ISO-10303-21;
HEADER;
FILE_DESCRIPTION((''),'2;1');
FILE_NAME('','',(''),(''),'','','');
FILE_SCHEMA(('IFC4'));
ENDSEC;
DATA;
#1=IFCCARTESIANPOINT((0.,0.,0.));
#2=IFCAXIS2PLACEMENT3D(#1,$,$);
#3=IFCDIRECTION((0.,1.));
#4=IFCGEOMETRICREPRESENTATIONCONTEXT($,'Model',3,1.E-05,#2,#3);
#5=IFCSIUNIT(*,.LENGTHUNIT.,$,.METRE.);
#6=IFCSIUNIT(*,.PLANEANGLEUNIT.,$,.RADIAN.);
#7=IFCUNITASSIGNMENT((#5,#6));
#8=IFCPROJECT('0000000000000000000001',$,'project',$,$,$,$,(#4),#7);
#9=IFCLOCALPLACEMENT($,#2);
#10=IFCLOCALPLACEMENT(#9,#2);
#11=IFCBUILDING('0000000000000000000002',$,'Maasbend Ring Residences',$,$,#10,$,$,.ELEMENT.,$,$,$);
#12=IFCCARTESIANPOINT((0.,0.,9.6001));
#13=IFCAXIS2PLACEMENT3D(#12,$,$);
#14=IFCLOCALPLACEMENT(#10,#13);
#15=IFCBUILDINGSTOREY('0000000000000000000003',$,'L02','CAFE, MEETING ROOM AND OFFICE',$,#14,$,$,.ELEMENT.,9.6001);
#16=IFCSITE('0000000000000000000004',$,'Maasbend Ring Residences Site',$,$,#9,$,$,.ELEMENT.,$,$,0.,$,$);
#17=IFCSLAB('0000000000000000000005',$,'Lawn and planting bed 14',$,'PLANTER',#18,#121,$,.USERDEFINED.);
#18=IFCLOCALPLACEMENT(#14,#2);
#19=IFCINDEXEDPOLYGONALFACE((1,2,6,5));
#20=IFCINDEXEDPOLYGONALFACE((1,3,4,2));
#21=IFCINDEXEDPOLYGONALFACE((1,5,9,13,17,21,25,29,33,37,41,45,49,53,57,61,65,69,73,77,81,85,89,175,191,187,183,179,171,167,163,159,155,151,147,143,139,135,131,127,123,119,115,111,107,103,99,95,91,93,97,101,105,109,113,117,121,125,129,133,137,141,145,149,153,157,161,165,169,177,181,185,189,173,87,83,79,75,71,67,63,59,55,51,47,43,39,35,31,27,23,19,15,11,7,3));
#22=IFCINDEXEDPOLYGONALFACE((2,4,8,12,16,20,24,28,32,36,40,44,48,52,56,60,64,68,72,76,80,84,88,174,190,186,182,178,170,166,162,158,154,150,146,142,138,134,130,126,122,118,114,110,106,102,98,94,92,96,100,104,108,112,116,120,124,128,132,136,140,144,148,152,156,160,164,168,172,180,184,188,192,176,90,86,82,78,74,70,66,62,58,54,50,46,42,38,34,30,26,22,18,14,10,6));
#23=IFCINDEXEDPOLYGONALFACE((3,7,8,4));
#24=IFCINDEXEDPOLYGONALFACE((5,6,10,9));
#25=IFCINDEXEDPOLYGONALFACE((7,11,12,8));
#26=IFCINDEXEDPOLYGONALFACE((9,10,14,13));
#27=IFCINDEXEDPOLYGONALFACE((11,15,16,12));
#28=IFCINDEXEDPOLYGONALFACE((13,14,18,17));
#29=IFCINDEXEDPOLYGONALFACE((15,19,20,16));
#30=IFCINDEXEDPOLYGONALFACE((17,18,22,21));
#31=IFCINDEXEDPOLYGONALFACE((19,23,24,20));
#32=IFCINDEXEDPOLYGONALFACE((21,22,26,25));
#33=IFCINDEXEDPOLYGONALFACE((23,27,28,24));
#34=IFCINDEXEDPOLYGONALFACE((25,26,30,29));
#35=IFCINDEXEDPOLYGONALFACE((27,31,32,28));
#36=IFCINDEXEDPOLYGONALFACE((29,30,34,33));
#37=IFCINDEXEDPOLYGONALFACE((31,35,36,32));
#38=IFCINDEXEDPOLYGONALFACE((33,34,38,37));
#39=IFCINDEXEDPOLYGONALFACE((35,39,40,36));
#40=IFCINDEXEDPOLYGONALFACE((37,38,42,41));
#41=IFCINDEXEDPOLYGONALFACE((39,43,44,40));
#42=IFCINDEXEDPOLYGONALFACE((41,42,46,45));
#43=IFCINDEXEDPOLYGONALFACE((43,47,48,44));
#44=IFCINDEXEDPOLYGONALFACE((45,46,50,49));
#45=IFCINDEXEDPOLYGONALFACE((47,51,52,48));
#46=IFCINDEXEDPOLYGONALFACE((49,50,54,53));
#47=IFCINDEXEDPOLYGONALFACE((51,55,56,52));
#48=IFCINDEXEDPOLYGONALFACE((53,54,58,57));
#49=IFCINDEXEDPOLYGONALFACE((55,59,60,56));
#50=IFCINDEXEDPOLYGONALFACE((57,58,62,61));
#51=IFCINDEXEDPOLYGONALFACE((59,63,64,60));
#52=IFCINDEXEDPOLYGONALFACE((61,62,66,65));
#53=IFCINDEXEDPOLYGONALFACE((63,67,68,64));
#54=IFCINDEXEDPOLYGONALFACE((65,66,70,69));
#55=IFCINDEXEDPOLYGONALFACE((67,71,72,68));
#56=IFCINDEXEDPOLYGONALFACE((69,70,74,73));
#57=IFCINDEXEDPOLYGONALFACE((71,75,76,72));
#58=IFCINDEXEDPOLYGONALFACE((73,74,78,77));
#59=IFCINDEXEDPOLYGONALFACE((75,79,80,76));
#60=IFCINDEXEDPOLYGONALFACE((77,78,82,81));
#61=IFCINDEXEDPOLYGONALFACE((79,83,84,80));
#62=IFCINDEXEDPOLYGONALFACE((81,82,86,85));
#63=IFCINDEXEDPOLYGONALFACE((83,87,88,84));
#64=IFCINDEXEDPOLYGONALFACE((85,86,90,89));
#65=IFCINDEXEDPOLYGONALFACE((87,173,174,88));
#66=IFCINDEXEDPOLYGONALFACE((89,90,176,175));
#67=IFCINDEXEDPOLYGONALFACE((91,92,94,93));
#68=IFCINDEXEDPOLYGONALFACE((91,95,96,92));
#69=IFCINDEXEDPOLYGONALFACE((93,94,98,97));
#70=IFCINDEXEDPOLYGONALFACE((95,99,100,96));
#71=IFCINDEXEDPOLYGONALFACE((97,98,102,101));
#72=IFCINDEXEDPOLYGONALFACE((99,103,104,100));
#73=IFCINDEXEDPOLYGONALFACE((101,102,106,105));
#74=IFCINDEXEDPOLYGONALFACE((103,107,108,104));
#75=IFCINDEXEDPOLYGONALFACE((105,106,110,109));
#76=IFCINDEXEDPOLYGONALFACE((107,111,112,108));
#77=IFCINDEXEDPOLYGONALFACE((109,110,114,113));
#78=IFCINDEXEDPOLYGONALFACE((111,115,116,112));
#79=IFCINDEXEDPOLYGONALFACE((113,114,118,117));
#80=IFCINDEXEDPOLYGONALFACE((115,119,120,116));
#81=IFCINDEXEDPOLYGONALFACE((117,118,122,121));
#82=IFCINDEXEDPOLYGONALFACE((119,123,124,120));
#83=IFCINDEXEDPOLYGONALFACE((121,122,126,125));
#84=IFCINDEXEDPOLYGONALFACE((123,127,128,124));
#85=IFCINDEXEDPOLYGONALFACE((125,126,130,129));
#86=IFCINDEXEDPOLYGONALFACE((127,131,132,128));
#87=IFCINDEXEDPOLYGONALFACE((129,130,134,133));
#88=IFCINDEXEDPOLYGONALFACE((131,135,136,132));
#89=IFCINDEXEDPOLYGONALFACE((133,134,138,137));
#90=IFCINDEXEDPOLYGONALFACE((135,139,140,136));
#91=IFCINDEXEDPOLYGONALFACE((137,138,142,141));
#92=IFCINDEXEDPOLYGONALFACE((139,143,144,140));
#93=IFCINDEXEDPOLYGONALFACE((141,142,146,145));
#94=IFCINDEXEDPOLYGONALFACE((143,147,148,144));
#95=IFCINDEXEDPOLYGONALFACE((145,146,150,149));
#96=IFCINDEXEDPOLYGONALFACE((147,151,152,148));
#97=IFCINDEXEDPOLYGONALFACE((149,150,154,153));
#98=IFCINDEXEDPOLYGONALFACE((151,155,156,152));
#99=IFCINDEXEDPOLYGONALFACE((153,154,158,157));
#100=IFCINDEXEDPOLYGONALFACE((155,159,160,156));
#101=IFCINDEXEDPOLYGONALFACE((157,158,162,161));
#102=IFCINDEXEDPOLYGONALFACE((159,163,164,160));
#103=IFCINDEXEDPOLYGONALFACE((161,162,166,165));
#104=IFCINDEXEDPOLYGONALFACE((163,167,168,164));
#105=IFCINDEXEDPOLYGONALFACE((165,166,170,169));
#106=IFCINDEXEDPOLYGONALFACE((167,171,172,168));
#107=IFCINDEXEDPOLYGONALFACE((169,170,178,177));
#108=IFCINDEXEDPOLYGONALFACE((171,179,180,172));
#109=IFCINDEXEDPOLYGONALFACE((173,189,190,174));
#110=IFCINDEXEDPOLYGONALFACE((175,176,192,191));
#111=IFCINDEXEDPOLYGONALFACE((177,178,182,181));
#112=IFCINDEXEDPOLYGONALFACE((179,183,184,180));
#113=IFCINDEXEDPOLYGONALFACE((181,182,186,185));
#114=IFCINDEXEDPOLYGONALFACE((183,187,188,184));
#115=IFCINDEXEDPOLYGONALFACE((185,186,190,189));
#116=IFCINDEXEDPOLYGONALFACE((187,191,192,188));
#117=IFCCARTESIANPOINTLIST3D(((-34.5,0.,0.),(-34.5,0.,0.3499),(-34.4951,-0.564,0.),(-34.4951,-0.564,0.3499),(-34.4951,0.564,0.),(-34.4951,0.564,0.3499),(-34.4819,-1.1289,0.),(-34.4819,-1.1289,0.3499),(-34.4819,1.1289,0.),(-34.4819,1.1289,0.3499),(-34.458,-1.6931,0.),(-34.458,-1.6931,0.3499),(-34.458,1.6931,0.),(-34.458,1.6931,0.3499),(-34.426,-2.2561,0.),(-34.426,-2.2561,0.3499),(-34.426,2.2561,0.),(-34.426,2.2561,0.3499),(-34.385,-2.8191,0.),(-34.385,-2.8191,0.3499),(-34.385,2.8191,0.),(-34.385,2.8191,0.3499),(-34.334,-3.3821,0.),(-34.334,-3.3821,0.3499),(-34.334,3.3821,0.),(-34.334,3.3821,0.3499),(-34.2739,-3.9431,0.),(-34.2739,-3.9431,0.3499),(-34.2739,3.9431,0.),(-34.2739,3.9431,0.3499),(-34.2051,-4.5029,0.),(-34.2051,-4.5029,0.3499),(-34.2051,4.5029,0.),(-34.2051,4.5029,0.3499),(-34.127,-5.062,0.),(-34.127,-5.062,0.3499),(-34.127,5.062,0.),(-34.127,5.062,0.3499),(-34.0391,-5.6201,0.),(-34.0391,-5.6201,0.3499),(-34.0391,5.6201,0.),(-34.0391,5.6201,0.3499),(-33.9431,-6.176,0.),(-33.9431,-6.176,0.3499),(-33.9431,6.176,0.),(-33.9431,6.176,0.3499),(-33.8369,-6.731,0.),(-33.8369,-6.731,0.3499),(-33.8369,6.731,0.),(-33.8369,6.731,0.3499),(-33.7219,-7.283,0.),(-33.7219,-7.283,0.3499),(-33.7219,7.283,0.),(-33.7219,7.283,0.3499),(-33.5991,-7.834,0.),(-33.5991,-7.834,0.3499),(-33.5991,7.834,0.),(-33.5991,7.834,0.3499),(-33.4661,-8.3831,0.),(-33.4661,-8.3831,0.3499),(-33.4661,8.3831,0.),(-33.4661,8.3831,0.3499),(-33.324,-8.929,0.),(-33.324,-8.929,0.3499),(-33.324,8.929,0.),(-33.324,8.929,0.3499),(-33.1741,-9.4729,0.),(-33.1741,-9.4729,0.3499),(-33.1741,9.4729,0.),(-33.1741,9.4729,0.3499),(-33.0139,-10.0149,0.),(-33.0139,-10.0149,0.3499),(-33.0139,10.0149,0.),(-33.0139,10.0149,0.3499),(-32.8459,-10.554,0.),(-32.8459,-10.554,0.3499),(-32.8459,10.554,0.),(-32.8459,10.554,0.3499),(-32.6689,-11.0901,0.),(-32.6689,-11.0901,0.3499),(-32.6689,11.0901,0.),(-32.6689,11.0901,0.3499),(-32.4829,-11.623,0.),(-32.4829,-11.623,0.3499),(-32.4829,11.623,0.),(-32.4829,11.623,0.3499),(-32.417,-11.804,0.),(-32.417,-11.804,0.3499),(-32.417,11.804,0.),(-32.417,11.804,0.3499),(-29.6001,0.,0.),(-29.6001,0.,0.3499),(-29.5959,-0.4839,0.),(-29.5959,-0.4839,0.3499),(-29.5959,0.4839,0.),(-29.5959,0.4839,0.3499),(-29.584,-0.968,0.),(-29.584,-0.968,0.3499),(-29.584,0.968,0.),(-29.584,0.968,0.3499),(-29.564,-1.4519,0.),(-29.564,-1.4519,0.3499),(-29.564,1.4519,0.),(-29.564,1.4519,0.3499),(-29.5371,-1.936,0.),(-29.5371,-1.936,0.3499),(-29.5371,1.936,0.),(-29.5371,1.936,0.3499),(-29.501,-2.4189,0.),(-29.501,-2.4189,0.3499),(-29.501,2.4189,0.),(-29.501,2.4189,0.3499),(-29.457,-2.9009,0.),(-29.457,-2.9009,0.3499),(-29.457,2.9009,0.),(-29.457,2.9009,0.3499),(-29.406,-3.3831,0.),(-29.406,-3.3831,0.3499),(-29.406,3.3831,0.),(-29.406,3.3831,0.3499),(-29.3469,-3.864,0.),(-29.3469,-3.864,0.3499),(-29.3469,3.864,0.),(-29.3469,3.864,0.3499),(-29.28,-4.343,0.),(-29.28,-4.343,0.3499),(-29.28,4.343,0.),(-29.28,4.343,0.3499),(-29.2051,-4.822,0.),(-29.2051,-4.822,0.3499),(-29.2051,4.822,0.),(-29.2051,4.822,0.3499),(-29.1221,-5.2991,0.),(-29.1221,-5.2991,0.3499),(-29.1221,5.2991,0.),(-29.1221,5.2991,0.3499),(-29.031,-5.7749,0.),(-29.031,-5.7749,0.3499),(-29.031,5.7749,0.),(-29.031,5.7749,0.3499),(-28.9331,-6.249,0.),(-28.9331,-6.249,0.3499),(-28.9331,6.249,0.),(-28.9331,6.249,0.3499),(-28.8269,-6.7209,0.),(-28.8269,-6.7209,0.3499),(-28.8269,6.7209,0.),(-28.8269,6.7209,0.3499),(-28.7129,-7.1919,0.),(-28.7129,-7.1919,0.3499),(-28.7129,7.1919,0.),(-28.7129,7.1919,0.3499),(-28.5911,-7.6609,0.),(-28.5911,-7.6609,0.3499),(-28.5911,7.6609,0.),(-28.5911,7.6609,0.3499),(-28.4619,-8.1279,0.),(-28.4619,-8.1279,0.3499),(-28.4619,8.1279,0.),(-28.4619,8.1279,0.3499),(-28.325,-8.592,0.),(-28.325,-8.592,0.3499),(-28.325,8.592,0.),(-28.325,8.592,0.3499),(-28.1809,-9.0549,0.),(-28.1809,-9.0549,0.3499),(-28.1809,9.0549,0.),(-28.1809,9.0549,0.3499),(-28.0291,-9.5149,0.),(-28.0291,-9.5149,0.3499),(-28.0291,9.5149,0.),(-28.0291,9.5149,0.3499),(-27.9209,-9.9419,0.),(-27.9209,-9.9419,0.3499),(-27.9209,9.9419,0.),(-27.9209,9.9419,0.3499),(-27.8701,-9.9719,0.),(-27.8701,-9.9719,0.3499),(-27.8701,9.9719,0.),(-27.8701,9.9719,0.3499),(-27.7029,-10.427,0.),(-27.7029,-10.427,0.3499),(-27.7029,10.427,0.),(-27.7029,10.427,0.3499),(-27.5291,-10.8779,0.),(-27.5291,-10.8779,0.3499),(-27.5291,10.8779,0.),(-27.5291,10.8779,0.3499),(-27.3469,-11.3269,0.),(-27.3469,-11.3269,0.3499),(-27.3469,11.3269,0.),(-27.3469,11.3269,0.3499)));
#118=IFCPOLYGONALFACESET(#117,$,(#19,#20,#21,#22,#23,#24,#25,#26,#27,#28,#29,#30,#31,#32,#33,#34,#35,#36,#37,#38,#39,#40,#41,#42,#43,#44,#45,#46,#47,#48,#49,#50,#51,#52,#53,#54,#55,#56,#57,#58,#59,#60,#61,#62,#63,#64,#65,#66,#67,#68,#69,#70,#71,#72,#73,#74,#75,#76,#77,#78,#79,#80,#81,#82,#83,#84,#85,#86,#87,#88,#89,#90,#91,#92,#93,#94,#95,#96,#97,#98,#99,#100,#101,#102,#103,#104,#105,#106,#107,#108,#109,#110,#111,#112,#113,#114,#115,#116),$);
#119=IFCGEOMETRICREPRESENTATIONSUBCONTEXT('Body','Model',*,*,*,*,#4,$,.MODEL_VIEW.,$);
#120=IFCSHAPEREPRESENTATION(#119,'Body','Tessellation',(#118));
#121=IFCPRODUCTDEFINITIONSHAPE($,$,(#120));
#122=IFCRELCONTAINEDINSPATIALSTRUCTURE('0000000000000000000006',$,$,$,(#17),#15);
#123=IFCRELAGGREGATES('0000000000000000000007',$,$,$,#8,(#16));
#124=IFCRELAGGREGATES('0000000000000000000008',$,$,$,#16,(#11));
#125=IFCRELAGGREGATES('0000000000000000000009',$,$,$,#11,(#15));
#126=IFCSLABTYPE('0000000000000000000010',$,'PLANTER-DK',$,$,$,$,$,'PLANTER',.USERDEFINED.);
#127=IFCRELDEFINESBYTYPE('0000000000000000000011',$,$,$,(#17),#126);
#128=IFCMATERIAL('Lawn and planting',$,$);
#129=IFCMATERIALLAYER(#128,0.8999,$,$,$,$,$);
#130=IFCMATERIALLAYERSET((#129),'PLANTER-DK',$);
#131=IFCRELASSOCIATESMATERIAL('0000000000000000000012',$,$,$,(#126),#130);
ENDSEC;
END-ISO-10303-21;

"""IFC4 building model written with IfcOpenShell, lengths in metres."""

from ifc_helpers import new_model, si_unit, direction, frame, origin, place, context, subcontext, project, spatial, polyline, outline, extrude, material, layer, layer_set, type_object, element, save


model = new_model("IFC4")

# Units and contexts
model_context = context("Model", 3, precision=1e-05, world=origin(), true_north=direction((0.0, 1.0)))
body_context = subcontext(model_context, "Body", "Model", "MODEL_VIEW")
ifc_project = project(units=[si_unit("LENGTHUNIT", "METRE"), si_unit("PLANEANGLEUNIT", "RADIAN")], contexts=[model_context])

# Site, building, storey
site_placement = place(None, origin())
site = spatial("IfcSite", under=ifc_project, at=site_placement, Name="Maasbend Ring Residences Site", CompositionType="ELEMENT", RefElevation=0.0)
building_placement = place(site_placement, origin())
building = spatial("IfcBuilding", under=site, at=building_placement, Name="Maasbend Ring Residences", CompositionType="ELEMENT")
storey_placement = place(building_placement, frame((0.0, 0.0, 9.6001)))
storey = spatial("IfcBuildingStorey", under=building, at=storey_placement, Name="L02", Description="CAFE, MEETING ROOM AND OFFICE", CompositionType="ELEMENT", Elevation=9.6001)

# Slab
ifc_material = material(Name="Lawn and planting")
ifc_layer = layer(ifc_material, 0.8999)
ifc_layer_set = layer_set([ifc_layer], Name="PLANTER-DK")
slab_type = type_object("IfcSlabType", Name="PLANTER-DK", ElementType="PLANTER", PredefinedType="USERDEFINED", material=ifc_layer_set)
slab_1_placement = place(storey_placement, origin())
element("IfcSlab", 1, at=slab_1_placement, inside=storey, type_object=slab_type, Name="Lawn and planting bed 14", ObjectType="PLANTER", PredefinedType="USERDEFINED", context=body_context, shape_type="SweptSolid", body=[
    extrude(outline(polyline([(-27.7029, 10.427), (-27.8701, 9.9719), (-28.0291, 9.5149), (-28.1809, 9.0549), (-28.325, 8.592), (-28.4619, 8.1279), (-28.5911, 7.6609), (-28.7129, 7.1919), (-28.8269, 6.7209), (-28.9331, 6.249), (-29.031, 5.7749), (-29.1221, 5.2991), (-29.2051, 4.822), (-29.28, 4.343), (-29.3469, 3.864), (-29.406, 3.3831), (-29.457, 2.9009), (-29.501, 2.4189), (-29.5371, 1.936), (-29.564, 1.4519), (-29.584, 0.968), (-29.5959, 0.4839), (-29.6001, 0.0), (-29.5959, -0.4839), (-29.584, -0.968), (-29.564, -1.4519), (-29.5371, -1.936), (-29.501, -2.4189), (-29.457, -2.9009), (-29.406, -3.3831), (-29.3469, -3.864), (-29.28, -4.343), (-29.2051, -4.822), (-29.1221, -5.2991), (-29.031, -5.7749), (-28.9331, -6.249), (-28.8269, -6.7209), (-28.7129, -7.1919), (-28.5911, -7.6609), (-28.4619, -8.1279), (-28.325, -8.592), (-28.1809, -9.0549), (-28.0291, -9.5149), (-27.8701, -9.9719), (-27.7029, -10.427), (-27.5291, -10.8779), (-27.3469, -11.3269), (-27.9209, -9.9419), (-32.417, -11.804), (-32.4829, -11.623), (-32.6689, -11.0901), (-32.8459, -10.554), (-33.0139, -10.0149), (-33.1741, -9.4729), (-33.324, -8.929), (-33.4661, -8.3831), (-33.5991, -7.834), (-33.7219, -7.283), (-33.8369, -6.731), (-33.9431, -6.176), (-34.0391, -5.6201), (-34.127, -5.062), (-34.2051, -4.5029), (-34.2739, -3.9431), (-34.334, -3.3821), (-34.385, -2.8191), (-34.426, -2.2561), (-34.458, -1.6931), (-34.4819, -1.1289), (-34.4951, -0.564), (-34.5, 0.0), (-34.4951, 0.564), (-34.4819, 1.1289), (-34.458, 1.6931), (-34.426, 2.2561), (-34.385, 2.8191), (-34.334, 3.3821), (-34.2739, 3.9431), (-34.2051, 4.5029), (-34.127, 5.062), (-34.0391, 5.6201), (-33.9431, 6.176), (-33.8369, 6.731), (-33.7219, 7.283), (-33.5991, 7.834), (-33.4661, 8.3831), (-33.324, 8.929), (-33.1741, 9.4729), (-33.0139, 10.0149), (-32.8459, 10.554), (-32.6689, 11.0901), (-32.4829, 11.623), (-32.417, 11.804), (-27.9209, 9.9419), (-27.3469, 11.3269), (-27.5291, 10.8779), (-27.7029, 10.427)])), origin(), (0.0, 0.0, 1.0), 0.3499),
])

save(model, "model.ifc")
